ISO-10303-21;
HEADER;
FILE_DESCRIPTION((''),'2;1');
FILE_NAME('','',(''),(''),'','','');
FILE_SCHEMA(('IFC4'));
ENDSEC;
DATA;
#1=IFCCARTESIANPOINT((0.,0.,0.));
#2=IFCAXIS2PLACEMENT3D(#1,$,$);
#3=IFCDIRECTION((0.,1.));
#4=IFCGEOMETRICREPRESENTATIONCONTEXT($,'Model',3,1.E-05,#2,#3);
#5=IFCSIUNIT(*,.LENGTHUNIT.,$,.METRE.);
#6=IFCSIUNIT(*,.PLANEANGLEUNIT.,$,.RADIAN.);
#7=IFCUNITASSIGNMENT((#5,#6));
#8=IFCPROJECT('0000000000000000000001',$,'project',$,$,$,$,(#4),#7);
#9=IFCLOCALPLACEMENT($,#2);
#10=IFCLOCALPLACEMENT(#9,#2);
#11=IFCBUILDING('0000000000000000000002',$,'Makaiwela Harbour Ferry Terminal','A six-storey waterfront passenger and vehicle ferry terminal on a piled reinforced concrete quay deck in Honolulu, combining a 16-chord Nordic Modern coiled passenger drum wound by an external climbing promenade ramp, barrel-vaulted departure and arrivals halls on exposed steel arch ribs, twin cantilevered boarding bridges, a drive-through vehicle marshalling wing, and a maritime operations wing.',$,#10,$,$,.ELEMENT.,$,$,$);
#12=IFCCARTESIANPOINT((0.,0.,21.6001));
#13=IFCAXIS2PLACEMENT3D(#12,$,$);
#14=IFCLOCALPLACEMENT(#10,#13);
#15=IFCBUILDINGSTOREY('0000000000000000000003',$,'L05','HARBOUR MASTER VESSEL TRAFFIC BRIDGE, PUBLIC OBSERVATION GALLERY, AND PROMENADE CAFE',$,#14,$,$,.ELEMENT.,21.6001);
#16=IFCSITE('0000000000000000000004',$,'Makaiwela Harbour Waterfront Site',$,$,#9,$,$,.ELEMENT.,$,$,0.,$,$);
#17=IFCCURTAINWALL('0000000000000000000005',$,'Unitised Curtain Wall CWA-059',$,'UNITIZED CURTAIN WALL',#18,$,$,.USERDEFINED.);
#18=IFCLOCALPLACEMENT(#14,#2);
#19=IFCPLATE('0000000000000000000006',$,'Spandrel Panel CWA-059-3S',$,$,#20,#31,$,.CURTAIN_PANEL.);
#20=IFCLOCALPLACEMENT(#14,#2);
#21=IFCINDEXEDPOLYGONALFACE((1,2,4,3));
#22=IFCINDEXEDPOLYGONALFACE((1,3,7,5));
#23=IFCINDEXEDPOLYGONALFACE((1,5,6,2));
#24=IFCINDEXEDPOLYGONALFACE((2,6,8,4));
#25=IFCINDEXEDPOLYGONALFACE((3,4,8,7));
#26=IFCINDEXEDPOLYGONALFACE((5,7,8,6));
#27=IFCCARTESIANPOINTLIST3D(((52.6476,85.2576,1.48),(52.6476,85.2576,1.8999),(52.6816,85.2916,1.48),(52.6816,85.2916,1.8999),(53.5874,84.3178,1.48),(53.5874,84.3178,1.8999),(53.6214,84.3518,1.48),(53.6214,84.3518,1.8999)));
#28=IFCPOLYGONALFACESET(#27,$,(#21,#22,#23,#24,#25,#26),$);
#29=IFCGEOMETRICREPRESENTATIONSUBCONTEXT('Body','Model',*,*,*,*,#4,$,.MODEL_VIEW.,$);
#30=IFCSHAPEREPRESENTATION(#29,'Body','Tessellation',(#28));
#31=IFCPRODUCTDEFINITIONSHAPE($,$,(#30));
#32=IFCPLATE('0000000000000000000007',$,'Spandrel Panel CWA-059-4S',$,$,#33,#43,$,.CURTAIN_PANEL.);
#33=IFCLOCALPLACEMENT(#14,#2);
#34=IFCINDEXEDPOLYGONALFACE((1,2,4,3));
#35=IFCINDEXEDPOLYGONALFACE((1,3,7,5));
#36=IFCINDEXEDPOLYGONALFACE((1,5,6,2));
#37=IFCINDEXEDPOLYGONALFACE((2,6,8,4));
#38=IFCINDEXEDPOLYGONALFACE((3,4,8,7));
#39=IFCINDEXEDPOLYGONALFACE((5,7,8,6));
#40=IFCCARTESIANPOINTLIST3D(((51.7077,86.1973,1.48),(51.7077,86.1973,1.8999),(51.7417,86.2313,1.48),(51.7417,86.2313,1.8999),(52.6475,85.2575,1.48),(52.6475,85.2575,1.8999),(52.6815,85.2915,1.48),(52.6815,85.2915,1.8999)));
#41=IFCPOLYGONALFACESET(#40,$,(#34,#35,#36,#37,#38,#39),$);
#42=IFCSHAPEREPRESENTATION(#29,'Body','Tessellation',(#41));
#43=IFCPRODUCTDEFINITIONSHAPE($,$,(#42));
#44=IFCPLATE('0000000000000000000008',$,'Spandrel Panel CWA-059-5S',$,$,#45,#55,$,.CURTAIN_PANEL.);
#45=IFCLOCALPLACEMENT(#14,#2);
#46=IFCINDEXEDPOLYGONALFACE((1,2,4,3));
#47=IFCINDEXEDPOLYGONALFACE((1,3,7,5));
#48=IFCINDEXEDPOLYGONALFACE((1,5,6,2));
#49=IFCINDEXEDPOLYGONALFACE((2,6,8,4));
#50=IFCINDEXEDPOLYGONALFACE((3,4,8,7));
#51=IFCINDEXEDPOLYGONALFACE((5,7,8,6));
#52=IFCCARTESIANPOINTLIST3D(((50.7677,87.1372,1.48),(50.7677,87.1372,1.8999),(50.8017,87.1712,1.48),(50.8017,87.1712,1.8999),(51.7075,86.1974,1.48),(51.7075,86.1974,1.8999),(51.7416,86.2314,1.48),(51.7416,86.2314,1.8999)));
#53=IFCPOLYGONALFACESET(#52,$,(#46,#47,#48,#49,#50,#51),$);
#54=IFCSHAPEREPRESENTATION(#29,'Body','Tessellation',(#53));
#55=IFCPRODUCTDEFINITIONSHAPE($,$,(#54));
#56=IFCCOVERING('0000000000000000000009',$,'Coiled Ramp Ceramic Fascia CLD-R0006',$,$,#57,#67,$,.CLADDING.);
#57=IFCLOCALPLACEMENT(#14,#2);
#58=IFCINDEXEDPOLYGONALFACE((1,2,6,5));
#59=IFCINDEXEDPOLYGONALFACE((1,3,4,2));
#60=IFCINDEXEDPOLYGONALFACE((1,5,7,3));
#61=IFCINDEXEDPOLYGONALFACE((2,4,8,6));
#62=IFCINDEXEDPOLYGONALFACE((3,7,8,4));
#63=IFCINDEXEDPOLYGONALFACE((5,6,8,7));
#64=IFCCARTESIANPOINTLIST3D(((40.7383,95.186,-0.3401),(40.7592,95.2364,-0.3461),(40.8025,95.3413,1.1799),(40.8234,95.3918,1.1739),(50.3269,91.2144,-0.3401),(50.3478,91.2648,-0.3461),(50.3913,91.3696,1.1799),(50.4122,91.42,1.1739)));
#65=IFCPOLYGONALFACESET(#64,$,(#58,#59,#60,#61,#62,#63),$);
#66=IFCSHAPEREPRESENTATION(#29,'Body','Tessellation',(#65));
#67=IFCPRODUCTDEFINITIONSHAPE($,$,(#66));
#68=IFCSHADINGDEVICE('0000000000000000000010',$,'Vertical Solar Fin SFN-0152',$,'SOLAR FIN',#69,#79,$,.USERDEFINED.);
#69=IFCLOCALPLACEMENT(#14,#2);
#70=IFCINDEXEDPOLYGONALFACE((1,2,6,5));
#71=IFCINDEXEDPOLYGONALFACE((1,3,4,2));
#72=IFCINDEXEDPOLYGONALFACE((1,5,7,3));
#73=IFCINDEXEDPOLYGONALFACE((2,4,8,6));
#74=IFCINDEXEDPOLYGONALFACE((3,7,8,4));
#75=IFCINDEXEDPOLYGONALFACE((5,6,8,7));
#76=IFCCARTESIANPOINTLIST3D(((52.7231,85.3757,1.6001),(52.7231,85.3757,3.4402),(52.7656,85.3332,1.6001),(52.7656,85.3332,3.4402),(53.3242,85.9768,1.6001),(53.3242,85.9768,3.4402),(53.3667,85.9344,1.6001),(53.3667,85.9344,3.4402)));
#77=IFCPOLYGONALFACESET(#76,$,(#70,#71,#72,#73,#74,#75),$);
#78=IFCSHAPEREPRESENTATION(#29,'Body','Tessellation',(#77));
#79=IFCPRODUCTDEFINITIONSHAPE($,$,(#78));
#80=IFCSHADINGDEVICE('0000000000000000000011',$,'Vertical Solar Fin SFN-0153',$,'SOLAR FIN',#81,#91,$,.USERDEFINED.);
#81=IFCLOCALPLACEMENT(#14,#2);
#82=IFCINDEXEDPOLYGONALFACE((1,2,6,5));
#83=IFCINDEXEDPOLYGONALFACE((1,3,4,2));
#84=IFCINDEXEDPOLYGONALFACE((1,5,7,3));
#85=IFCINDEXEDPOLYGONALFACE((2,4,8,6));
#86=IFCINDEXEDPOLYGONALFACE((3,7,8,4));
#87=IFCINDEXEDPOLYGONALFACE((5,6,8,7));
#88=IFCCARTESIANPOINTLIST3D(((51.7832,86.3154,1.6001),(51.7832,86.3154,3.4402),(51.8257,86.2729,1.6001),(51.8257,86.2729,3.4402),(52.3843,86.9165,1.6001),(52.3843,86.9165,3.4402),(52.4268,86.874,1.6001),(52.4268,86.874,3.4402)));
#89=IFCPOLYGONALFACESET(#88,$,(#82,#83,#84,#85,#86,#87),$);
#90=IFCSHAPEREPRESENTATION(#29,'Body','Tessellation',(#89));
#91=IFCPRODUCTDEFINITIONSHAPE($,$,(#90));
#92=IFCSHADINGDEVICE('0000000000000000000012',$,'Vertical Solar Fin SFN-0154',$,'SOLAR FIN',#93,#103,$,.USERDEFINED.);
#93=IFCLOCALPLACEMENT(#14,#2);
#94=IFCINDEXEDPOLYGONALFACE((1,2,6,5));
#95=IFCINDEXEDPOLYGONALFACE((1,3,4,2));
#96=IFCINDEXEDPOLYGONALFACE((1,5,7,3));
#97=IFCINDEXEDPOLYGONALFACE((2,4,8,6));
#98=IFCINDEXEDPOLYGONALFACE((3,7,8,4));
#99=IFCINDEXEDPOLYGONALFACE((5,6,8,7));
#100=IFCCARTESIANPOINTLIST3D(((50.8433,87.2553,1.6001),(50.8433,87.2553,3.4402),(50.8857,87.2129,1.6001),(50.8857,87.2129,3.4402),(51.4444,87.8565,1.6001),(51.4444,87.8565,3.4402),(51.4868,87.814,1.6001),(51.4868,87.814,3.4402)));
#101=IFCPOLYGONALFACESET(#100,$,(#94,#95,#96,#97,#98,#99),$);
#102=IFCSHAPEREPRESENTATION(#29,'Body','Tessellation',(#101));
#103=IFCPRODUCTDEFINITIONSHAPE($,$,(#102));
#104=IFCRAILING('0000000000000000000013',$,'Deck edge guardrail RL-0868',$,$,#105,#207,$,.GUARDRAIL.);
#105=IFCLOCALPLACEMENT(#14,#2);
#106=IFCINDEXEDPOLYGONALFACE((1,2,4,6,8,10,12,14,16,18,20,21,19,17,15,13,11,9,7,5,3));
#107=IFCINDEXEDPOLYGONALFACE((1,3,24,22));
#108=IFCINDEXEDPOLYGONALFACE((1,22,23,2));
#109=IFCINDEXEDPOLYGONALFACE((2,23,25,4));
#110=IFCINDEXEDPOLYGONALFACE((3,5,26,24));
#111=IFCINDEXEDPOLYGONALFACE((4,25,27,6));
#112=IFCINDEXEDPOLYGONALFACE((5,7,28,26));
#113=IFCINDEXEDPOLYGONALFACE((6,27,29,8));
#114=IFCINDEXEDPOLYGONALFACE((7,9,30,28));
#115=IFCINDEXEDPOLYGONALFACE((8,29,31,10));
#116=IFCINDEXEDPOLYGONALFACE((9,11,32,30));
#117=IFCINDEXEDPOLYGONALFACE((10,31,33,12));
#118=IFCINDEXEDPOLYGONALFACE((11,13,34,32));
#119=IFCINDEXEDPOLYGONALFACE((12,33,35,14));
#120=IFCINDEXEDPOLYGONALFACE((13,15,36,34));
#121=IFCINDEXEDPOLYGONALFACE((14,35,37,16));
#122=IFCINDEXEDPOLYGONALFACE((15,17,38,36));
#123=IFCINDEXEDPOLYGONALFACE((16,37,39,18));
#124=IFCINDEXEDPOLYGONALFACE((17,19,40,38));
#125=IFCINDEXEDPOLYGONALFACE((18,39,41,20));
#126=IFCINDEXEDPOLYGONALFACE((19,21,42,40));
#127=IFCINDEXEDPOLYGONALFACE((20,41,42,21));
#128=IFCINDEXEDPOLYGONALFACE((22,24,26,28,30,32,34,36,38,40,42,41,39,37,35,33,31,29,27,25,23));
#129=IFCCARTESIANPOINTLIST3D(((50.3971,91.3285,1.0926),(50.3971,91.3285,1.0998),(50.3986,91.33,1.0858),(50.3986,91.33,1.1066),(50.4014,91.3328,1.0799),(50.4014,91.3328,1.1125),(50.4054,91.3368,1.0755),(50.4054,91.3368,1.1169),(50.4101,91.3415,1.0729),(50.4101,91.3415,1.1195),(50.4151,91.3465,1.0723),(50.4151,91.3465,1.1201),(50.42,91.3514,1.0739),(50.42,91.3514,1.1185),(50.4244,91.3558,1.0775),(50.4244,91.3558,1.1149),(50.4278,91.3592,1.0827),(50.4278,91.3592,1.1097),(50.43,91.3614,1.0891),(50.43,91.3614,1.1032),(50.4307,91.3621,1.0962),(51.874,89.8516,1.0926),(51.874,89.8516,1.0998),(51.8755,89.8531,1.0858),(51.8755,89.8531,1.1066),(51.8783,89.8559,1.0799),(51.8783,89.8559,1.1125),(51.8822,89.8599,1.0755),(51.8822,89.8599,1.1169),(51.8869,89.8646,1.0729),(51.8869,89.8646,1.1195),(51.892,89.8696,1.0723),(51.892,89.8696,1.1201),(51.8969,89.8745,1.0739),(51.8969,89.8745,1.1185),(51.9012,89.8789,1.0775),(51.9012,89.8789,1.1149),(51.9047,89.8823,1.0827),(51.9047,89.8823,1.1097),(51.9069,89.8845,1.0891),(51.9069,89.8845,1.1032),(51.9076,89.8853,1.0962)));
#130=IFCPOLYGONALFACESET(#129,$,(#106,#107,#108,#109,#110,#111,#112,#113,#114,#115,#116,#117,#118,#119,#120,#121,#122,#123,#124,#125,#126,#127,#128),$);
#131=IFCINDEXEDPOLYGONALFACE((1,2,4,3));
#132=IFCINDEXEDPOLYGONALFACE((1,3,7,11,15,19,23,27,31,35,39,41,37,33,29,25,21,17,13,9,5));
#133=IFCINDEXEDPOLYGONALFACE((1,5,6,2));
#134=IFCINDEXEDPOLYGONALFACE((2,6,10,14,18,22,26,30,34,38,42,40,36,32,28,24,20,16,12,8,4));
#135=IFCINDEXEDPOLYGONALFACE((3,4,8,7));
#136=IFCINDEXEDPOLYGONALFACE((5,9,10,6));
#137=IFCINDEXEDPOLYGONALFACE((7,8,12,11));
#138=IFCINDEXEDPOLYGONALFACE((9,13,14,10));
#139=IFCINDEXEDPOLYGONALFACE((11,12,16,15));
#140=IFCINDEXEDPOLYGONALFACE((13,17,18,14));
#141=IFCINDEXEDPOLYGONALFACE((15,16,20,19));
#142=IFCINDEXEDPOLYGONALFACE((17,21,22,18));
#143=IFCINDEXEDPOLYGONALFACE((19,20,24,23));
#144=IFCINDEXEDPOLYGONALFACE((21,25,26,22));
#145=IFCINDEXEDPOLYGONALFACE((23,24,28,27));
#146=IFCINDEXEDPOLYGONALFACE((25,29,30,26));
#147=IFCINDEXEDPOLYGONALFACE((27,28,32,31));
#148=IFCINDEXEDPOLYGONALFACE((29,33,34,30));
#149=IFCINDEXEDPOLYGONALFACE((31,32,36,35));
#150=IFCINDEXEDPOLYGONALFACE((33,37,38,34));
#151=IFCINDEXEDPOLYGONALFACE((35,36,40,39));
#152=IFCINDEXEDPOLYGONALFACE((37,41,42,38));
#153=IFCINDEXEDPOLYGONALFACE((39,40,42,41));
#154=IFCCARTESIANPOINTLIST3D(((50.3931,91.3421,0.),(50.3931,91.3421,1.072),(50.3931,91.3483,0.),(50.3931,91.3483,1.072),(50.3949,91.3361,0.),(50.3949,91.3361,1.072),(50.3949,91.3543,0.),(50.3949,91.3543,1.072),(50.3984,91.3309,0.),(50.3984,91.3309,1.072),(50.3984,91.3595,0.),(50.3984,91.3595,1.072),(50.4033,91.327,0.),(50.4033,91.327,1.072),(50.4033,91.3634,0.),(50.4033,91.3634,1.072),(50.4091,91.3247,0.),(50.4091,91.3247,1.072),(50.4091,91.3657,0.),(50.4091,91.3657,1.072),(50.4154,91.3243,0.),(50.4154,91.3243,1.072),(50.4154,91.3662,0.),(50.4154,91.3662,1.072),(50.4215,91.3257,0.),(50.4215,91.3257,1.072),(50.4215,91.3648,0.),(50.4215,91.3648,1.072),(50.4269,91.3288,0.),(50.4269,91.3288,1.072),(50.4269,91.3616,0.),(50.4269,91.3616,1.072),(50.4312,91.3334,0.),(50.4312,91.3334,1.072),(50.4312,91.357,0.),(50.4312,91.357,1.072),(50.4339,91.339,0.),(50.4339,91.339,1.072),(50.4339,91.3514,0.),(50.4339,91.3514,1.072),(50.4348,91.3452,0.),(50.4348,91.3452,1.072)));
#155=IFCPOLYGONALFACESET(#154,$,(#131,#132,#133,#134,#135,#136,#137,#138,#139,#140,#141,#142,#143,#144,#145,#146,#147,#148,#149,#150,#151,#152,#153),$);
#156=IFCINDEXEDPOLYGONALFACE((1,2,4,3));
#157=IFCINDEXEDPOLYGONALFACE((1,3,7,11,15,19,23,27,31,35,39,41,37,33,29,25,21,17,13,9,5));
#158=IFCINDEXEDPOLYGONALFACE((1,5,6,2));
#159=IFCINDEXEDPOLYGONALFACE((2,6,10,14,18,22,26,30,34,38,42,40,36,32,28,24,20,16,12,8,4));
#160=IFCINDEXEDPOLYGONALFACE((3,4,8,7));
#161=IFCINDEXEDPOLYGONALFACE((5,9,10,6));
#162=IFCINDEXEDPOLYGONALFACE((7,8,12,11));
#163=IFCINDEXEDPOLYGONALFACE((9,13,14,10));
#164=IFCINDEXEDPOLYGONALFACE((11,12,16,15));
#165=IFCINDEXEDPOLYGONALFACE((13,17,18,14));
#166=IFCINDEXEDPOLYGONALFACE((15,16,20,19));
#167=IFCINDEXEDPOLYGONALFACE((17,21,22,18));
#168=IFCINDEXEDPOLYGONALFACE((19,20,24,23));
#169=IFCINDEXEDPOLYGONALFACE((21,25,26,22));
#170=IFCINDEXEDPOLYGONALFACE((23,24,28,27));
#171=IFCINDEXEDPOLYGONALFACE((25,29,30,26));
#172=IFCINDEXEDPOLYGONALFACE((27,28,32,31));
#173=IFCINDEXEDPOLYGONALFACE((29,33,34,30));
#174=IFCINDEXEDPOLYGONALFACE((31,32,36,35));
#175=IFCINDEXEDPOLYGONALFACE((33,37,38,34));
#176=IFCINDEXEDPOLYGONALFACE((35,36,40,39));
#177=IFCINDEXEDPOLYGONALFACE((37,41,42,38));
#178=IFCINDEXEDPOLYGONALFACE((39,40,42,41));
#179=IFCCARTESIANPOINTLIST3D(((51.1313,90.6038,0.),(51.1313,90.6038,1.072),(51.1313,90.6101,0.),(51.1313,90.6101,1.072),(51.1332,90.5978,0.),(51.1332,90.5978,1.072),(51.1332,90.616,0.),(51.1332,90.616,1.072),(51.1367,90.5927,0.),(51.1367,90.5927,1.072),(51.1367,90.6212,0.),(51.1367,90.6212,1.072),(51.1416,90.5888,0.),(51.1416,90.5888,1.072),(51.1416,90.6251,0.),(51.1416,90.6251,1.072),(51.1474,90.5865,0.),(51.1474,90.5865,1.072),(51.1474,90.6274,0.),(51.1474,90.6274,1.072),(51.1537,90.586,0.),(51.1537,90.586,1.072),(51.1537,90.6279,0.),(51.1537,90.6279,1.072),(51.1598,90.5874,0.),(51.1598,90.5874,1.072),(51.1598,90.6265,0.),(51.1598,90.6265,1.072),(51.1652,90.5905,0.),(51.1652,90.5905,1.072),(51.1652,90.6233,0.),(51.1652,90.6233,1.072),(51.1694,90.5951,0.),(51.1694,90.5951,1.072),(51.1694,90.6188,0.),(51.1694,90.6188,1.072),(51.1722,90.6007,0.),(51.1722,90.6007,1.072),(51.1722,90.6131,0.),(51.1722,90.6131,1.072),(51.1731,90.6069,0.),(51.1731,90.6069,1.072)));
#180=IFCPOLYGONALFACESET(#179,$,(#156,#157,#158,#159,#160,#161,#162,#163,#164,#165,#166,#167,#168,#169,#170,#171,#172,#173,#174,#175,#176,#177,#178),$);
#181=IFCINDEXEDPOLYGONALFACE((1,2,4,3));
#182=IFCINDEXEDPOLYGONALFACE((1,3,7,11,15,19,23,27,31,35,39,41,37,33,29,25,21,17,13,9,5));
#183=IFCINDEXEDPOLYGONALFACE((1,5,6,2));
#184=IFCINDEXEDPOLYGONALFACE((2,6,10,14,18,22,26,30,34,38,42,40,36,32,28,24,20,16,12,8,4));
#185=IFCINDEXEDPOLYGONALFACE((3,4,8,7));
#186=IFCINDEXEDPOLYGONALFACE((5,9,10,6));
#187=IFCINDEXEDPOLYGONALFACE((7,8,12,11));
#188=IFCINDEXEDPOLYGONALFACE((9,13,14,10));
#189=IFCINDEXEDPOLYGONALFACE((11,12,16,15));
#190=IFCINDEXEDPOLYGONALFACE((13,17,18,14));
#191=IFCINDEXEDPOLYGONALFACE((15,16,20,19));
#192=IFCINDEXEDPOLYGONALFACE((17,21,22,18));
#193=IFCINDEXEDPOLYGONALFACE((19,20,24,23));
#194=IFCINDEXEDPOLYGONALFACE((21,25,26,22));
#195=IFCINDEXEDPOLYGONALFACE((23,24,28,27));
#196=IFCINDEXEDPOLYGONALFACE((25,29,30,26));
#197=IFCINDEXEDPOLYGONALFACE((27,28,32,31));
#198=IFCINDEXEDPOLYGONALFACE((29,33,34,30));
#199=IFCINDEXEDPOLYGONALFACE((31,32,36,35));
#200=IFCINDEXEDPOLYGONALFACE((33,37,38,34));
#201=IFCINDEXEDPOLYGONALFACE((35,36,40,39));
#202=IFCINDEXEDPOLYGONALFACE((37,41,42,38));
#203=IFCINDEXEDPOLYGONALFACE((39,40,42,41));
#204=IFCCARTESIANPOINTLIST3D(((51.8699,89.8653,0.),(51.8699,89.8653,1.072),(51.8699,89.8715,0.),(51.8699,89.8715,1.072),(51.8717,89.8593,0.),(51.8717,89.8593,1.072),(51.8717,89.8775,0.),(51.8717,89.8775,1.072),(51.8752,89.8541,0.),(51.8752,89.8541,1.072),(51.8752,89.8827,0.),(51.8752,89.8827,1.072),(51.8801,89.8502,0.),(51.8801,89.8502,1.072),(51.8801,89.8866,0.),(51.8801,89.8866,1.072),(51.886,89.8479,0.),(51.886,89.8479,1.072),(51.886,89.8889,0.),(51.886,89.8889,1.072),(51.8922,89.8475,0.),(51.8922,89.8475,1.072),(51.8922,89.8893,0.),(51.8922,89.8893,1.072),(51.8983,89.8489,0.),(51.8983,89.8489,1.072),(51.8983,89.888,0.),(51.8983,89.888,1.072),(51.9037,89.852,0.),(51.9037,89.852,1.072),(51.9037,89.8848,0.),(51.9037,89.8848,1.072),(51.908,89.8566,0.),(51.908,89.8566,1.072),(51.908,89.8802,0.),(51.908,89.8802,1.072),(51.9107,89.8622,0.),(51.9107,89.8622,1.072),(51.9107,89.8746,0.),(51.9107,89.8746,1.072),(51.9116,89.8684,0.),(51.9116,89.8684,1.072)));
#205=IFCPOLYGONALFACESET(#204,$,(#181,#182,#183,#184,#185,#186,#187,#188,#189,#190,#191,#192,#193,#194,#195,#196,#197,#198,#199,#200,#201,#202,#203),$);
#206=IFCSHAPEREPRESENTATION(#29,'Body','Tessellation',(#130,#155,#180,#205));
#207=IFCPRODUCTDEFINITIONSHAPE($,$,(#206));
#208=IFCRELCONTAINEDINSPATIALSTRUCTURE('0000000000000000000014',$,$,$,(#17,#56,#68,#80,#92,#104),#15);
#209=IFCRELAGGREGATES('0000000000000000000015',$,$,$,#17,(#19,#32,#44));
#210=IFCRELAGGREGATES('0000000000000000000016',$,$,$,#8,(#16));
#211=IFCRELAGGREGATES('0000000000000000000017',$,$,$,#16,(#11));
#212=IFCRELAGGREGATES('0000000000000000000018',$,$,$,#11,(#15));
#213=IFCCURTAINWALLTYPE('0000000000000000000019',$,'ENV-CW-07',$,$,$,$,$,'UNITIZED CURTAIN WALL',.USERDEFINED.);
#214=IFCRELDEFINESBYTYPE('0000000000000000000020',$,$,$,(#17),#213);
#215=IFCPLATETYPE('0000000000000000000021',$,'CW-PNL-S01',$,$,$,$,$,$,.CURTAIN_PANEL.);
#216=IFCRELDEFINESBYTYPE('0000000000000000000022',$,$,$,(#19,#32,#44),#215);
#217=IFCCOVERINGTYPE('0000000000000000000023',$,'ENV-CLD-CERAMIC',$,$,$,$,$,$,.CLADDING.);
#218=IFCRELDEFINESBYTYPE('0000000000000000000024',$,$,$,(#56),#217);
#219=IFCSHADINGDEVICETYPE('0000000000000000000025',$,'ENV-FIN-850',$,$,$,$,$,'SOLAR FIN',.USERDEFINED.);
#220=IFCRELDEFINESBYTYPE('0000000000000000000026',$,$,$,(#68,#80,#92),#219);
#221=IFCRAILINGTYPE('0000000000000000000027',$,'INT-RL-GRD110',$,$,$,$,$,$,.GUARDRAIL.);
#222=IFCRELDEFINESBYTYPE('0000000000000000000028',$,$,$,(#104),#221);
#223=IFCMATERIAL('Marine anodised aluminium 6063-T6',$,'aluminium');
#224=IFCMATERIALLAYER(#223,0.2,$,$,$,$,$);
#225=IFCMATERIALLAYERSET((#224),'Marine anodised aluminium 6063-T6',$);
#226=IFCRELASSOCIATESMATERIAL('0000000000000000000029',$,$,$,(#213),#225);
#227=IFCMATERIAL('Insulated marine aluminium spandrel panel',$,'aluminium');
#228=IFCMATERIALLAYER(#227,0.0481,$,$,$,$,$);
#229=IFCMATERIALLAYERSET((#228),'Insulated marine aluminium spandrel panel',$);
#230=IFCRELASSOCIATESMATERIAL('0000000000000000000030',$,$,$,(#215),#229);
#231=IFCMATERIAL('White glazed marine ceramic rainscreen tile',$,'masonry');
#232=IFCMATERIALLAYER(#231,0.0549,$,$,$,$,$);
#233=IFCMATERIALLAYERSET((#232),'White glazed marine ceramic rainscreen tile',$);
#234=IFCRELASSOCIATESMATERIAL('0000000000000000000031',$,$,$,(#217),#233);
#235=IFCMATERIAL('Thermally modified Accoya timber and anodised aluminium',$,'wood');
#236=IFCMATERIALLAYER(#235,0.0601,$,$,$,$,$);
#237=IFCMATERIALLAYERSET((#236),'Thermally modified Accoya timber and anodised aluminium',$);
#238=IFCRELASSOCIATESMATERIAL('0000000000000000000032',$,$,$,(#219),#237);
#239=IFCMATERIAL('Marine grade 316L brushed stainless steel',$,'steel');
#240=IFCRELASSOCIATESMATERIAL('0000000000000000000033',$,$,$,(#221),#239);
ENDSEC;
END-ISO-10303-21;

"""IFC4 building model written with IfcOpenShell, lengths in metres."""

from ifc_helpers import new_model, si_unit, direction, frame, origin, origin_2d, place, context, subcontext, project, spatial, polyline, rectangle, circle, outline, extrude, material, layer, layer_set, type_object, element, aggregate, save


model = new_model("IFC4")

# Units and contexts
model_context = context("Model", 3, precision=1e-05, world=origin(), true_north=direction((0.0, 1.0)))
body_context = subcontext(model_context, "Body", "Model", "MODEL_VIEW")
ifc_project = project(units=[si_unit("LENGTHUNIT", "METRE"), si_unit("PLANEANGLEUNIT", "RADIAN")], contexts=[model_context])

# Site, building, storey
site_placement = place(None, origin())
site = spatial("IfcSite", under=ifc_project, at=site_placement, Name="Makaiwela Harbour Waterfront Site", CompositionType="ELEMENT", RefElevation=0.0)
building_placement = place(site_placement, origin())
building = spatial("IfcBuilding", under=site, at=building_placement, Name="Makaiwela Harbour Ferry Terminal", Description="A six-storey waterfront passenger and vehicle ferry terminal on a piled reinforced concrete quay deck in Honolulu, combining a 16-chord Nordic Modern coiled passenger drum wound by an external climbing promenade ramp, barrel-vaulted departure and arrivals halls on exposed steel arch ribs, twin cantilevered boarding bridges, a drive-through vehicle marshalling wing, and a maritime operations wing.", CompositionType="ELEMENT")
storey_placement = place(building_placement, frame((0.0, 0.0, 21.6001)))
storey = spatial("IfcBuildingStorey", under=building, at=storey_placement, Name="L05", Description="HARBOUR MASTER VESSEL TRAFFIC BRIDGE, PUBLIC OBSERVATION GALLERY, AND PROMENADE CAFE", CompositionType="ELEMENT", Elevation=21.6001)

# Curtain wall
ifc_material_1 = material(Name="Marine anodised aluminium 6063-T6", Category="aluminium")
ifc_layer_1 = layer(ifc_material_1, 0.2)
ifc_layer_set_1 = layer_set([ifc_layer_1], Name="Marine anodised aluminium 6063-T6")
curtain_wall_type = type_object("IfcCurtainWallType", Name="ENV-CW-07", ElementType="UNITIZED CURTAIN WALL", PredefinedType="USERDEFINED", material=ifc_layer_set_1)
curtain_wall_placement = place(storey_placement, origin())
curtain_wall = element("IfcCurtainWall", 1, at=curtain_wall_placement, inside=storey, type_object=curtain_wall_type, Name="Unitised Curtain Wall CWA-059", ObjectType="UNITIZED CURTAIN WALL", PredefinedType="USERDEFINED")

# Plates
ifc_material_2 = material(Name="Insulated marine aluminium spandrel panel", Category="aluminium")
ifc_layer_2 = layer(ifc_material_2, 0.0481)
ifc_layer_set_2 = layer_set([ifc_layer_2], Name="Insulated marine aluminium spandrel panel")
plate_type_1 = type_object("IfcPlateType", Name="CW-PNL-S01", PredefinedType="CURTAIN_PANEL", material=ifc_layer_set_2)
plate_1_placement = place(storey_placement, frame((53.1345, 84.8047, 1.48), z_axis=(0.0, 0.0, 1.0), x_axis=(-0.707107, 0.707107, 0.0)))
plate_1 = element("IfcPlate", 2, at=plate_1_placement, type_object=plate_type_1, Name="Spandrel Panel CWA-059-3S", PredefinedType="CURTAIN_PANEL", context=body_context, shape_type="SweptSolid", body=[
    extrude(rectangle(XDim=1.3291, YDim=0.0481, at=origin_2d()), origin(), (0.0, 0.0, 1.0), 0.4199),
])
plate_2_placement = place(storey_placement, frame((52.1946, 85.7444, 1.48), z_axis=(0.0, 0.0, 1.0), x_axis=(-0.707107, 0.707107, 0.0)))
plate_2 = element("IfcPlate", 3, at=plate_2_placement, type_object=plate_type_1, Name="Spandrel Panel CWA-059-4S", PredefinedType="CURTAIN_PANEL", context=body_context, shape_type="SweptSolid", body=[
    extrude(rectangle(XDim=1.3291, YDim=0.0481, at=origin_2d()), origin(), (0.0, 0.0, 1.0), 0.4199),
])
plate_3_placement = place(storey_placement, frame((51.2546, 86.6843, 1.48), z_axis=(0.0, 0.0, 1.0), x_axis=(-0.707107, 0.707107, 0.0)))
plate_3 = element("IfcPlate", 4, at=plate_3_placement, type_object=plate_type_1, Name="Spandrel Panel CWA-059-5S", PredefinedType="CURTAIN_PANEL", context=body_context, shape_type="SweptSolid", body=[
    extrude(rectangle(XDim=1.3291, YDim=0.0481, at=origin_2d()), origin(), (0.0, 0.0, 1.0), 0.4199),
])
aggregate(curtain_wall, [plate_1, plate_2, plate_3])

# Covering
ifc_material_3 = material(Name="White glazed marine ceramic rainscreen tile", Category="masonry")
ifc_layer_3 = layer(ifc_material_3, 0.0549)
ifc_layer_set_3 = layer_set([ifc_layer_3], Name="White glazed marine ceramic rainscreen tile")
covering_type = type_object("IfcCoveringType", Name="ENV-CLD-CERAMIC", PredefinedType="CLADDING", material=ifc_layer_set_3)
covering_placement = place(storey_placement, frame((50.3269, 91.2144, -0.3401), z_axis=(-0.380356, -0.918287, 0.109903), x_axis=(-0.923883, 0.382675, 0.0)))
element("IfcCovering", 5, at=covering_placement, inside=storey, type_object=covering_type, Name="Coiled Ramp Ceramic Fascia CLD-R0006", PredefinedType="CLADDING", context=body_context, shape_type="SweptSolid", body=[
    extrude(outline(polyline([(0.0, 0.0), (10.3786, 0.0), (10.3787, -1.5293), (-0.0001, -1.5293), (0.0, 0.0)])), origin(), (0.0, 0.0, -1.0), 0.0549),
])

# Shading devices
ifc_material_4 = material(Name="Thermally modified Accoya timber and anodised aluminium", Category="wood")
ifc_layer_4 = layer(ifc_material_4, 0.0601)
ifc_layer_set_4 = layer_set([ifc_layer_4], Name="Thermally modified Accoya timber and anodised aluminium")
shading_device_type = type_object("IfcShadingDeviceType", Name="ENV-FIN-850", ElementType="SOLAR FIN", PredefinedType="USERDEFINED", material=ifc_layer_set_4)
for number, where, z_axis, x_axis, name in (
    (6, (53.0449, 85.655, 1.6001), (0.0, 0.0, 1.0), (0.707107, 0.707107, 0.0), "Vertical Solar Fin SFN-0152"),
    (7, (52.105, 86.5947, 1.6001), (0.0, 0.0, 1.0), (0.707107, 0.707107, 0.0), "Vertical Solar Fin SFN-0153"),
    (8, (51.165, 87.5347, 1.6001), (0.0, 0.0, 1.0), (0.707107, 0.707107, 0.0), "Vertical Solar Fin SFN-0154"),
):
    element("IfcShadingDevice", number, at=place(storey_placement, frame(where, z_axis=z_axis, x_axis=x_axis)), inside=storey, type_object=shading_device_type, Name=name, ObjectType="SOLAR FIN", PredefinedType="USERDEFINED", context=body_context, shape_type="SweptSolid", body=[
        extrude(rectangle(XDim=0.8501, YDim=0.0601, at=origin_2d()), origin(), (0.0, 0.0, 1.0), 1.8401),
    ])

# Railing
ifc_material_5 = material(Name="Marine grade 316L brushed stainless steel", Category="steel")
railing_type = type_object("IfcRailingType", Name="INT-RL-GRD110", PredefinedType="GUARDRAIL", material=ifc_material_5)
for number, where, name in (
    (9, (50.4138, 91.3452, 0.0), "Deck edge guardrail RL-0868"),
):
    element("IfcRailing", number, at=place(storey_placement, frame(where)), inside=storey, type_object=railing_type, Name=name, PredefinedType="GUARDRAIL", context=body_context, shape_type="SweptSolid", body=[
        extrude(circle(Radius=0.0239, at=origin_2d()), frame((0.0, 0.0, 1.0962), z_axis=(0.707107, -0.707107, 0.0), x_axis=(0.707107, 0.707107, 0.0)), (0.0, 0.0, 1.0), 2.0886),
        extrude(circle(Radius=0.021, at=origin_2d()), origin(), (0.0, 0.0, 1.0), 1.072),
        extrude(circle(Radius=0.021, at=origin_2d()), frame((0.7383, -0.7383, 0.0)), (0.0, 0.0, 1.0), 1.072),
        extrude(circle(Radius=0.021, at=origin_2d()), frame((1.4768, -1.4768, 0.0)), (0.0, 0.0, 1.0), 1.072),
    ])

save(model, "model.ifc")
